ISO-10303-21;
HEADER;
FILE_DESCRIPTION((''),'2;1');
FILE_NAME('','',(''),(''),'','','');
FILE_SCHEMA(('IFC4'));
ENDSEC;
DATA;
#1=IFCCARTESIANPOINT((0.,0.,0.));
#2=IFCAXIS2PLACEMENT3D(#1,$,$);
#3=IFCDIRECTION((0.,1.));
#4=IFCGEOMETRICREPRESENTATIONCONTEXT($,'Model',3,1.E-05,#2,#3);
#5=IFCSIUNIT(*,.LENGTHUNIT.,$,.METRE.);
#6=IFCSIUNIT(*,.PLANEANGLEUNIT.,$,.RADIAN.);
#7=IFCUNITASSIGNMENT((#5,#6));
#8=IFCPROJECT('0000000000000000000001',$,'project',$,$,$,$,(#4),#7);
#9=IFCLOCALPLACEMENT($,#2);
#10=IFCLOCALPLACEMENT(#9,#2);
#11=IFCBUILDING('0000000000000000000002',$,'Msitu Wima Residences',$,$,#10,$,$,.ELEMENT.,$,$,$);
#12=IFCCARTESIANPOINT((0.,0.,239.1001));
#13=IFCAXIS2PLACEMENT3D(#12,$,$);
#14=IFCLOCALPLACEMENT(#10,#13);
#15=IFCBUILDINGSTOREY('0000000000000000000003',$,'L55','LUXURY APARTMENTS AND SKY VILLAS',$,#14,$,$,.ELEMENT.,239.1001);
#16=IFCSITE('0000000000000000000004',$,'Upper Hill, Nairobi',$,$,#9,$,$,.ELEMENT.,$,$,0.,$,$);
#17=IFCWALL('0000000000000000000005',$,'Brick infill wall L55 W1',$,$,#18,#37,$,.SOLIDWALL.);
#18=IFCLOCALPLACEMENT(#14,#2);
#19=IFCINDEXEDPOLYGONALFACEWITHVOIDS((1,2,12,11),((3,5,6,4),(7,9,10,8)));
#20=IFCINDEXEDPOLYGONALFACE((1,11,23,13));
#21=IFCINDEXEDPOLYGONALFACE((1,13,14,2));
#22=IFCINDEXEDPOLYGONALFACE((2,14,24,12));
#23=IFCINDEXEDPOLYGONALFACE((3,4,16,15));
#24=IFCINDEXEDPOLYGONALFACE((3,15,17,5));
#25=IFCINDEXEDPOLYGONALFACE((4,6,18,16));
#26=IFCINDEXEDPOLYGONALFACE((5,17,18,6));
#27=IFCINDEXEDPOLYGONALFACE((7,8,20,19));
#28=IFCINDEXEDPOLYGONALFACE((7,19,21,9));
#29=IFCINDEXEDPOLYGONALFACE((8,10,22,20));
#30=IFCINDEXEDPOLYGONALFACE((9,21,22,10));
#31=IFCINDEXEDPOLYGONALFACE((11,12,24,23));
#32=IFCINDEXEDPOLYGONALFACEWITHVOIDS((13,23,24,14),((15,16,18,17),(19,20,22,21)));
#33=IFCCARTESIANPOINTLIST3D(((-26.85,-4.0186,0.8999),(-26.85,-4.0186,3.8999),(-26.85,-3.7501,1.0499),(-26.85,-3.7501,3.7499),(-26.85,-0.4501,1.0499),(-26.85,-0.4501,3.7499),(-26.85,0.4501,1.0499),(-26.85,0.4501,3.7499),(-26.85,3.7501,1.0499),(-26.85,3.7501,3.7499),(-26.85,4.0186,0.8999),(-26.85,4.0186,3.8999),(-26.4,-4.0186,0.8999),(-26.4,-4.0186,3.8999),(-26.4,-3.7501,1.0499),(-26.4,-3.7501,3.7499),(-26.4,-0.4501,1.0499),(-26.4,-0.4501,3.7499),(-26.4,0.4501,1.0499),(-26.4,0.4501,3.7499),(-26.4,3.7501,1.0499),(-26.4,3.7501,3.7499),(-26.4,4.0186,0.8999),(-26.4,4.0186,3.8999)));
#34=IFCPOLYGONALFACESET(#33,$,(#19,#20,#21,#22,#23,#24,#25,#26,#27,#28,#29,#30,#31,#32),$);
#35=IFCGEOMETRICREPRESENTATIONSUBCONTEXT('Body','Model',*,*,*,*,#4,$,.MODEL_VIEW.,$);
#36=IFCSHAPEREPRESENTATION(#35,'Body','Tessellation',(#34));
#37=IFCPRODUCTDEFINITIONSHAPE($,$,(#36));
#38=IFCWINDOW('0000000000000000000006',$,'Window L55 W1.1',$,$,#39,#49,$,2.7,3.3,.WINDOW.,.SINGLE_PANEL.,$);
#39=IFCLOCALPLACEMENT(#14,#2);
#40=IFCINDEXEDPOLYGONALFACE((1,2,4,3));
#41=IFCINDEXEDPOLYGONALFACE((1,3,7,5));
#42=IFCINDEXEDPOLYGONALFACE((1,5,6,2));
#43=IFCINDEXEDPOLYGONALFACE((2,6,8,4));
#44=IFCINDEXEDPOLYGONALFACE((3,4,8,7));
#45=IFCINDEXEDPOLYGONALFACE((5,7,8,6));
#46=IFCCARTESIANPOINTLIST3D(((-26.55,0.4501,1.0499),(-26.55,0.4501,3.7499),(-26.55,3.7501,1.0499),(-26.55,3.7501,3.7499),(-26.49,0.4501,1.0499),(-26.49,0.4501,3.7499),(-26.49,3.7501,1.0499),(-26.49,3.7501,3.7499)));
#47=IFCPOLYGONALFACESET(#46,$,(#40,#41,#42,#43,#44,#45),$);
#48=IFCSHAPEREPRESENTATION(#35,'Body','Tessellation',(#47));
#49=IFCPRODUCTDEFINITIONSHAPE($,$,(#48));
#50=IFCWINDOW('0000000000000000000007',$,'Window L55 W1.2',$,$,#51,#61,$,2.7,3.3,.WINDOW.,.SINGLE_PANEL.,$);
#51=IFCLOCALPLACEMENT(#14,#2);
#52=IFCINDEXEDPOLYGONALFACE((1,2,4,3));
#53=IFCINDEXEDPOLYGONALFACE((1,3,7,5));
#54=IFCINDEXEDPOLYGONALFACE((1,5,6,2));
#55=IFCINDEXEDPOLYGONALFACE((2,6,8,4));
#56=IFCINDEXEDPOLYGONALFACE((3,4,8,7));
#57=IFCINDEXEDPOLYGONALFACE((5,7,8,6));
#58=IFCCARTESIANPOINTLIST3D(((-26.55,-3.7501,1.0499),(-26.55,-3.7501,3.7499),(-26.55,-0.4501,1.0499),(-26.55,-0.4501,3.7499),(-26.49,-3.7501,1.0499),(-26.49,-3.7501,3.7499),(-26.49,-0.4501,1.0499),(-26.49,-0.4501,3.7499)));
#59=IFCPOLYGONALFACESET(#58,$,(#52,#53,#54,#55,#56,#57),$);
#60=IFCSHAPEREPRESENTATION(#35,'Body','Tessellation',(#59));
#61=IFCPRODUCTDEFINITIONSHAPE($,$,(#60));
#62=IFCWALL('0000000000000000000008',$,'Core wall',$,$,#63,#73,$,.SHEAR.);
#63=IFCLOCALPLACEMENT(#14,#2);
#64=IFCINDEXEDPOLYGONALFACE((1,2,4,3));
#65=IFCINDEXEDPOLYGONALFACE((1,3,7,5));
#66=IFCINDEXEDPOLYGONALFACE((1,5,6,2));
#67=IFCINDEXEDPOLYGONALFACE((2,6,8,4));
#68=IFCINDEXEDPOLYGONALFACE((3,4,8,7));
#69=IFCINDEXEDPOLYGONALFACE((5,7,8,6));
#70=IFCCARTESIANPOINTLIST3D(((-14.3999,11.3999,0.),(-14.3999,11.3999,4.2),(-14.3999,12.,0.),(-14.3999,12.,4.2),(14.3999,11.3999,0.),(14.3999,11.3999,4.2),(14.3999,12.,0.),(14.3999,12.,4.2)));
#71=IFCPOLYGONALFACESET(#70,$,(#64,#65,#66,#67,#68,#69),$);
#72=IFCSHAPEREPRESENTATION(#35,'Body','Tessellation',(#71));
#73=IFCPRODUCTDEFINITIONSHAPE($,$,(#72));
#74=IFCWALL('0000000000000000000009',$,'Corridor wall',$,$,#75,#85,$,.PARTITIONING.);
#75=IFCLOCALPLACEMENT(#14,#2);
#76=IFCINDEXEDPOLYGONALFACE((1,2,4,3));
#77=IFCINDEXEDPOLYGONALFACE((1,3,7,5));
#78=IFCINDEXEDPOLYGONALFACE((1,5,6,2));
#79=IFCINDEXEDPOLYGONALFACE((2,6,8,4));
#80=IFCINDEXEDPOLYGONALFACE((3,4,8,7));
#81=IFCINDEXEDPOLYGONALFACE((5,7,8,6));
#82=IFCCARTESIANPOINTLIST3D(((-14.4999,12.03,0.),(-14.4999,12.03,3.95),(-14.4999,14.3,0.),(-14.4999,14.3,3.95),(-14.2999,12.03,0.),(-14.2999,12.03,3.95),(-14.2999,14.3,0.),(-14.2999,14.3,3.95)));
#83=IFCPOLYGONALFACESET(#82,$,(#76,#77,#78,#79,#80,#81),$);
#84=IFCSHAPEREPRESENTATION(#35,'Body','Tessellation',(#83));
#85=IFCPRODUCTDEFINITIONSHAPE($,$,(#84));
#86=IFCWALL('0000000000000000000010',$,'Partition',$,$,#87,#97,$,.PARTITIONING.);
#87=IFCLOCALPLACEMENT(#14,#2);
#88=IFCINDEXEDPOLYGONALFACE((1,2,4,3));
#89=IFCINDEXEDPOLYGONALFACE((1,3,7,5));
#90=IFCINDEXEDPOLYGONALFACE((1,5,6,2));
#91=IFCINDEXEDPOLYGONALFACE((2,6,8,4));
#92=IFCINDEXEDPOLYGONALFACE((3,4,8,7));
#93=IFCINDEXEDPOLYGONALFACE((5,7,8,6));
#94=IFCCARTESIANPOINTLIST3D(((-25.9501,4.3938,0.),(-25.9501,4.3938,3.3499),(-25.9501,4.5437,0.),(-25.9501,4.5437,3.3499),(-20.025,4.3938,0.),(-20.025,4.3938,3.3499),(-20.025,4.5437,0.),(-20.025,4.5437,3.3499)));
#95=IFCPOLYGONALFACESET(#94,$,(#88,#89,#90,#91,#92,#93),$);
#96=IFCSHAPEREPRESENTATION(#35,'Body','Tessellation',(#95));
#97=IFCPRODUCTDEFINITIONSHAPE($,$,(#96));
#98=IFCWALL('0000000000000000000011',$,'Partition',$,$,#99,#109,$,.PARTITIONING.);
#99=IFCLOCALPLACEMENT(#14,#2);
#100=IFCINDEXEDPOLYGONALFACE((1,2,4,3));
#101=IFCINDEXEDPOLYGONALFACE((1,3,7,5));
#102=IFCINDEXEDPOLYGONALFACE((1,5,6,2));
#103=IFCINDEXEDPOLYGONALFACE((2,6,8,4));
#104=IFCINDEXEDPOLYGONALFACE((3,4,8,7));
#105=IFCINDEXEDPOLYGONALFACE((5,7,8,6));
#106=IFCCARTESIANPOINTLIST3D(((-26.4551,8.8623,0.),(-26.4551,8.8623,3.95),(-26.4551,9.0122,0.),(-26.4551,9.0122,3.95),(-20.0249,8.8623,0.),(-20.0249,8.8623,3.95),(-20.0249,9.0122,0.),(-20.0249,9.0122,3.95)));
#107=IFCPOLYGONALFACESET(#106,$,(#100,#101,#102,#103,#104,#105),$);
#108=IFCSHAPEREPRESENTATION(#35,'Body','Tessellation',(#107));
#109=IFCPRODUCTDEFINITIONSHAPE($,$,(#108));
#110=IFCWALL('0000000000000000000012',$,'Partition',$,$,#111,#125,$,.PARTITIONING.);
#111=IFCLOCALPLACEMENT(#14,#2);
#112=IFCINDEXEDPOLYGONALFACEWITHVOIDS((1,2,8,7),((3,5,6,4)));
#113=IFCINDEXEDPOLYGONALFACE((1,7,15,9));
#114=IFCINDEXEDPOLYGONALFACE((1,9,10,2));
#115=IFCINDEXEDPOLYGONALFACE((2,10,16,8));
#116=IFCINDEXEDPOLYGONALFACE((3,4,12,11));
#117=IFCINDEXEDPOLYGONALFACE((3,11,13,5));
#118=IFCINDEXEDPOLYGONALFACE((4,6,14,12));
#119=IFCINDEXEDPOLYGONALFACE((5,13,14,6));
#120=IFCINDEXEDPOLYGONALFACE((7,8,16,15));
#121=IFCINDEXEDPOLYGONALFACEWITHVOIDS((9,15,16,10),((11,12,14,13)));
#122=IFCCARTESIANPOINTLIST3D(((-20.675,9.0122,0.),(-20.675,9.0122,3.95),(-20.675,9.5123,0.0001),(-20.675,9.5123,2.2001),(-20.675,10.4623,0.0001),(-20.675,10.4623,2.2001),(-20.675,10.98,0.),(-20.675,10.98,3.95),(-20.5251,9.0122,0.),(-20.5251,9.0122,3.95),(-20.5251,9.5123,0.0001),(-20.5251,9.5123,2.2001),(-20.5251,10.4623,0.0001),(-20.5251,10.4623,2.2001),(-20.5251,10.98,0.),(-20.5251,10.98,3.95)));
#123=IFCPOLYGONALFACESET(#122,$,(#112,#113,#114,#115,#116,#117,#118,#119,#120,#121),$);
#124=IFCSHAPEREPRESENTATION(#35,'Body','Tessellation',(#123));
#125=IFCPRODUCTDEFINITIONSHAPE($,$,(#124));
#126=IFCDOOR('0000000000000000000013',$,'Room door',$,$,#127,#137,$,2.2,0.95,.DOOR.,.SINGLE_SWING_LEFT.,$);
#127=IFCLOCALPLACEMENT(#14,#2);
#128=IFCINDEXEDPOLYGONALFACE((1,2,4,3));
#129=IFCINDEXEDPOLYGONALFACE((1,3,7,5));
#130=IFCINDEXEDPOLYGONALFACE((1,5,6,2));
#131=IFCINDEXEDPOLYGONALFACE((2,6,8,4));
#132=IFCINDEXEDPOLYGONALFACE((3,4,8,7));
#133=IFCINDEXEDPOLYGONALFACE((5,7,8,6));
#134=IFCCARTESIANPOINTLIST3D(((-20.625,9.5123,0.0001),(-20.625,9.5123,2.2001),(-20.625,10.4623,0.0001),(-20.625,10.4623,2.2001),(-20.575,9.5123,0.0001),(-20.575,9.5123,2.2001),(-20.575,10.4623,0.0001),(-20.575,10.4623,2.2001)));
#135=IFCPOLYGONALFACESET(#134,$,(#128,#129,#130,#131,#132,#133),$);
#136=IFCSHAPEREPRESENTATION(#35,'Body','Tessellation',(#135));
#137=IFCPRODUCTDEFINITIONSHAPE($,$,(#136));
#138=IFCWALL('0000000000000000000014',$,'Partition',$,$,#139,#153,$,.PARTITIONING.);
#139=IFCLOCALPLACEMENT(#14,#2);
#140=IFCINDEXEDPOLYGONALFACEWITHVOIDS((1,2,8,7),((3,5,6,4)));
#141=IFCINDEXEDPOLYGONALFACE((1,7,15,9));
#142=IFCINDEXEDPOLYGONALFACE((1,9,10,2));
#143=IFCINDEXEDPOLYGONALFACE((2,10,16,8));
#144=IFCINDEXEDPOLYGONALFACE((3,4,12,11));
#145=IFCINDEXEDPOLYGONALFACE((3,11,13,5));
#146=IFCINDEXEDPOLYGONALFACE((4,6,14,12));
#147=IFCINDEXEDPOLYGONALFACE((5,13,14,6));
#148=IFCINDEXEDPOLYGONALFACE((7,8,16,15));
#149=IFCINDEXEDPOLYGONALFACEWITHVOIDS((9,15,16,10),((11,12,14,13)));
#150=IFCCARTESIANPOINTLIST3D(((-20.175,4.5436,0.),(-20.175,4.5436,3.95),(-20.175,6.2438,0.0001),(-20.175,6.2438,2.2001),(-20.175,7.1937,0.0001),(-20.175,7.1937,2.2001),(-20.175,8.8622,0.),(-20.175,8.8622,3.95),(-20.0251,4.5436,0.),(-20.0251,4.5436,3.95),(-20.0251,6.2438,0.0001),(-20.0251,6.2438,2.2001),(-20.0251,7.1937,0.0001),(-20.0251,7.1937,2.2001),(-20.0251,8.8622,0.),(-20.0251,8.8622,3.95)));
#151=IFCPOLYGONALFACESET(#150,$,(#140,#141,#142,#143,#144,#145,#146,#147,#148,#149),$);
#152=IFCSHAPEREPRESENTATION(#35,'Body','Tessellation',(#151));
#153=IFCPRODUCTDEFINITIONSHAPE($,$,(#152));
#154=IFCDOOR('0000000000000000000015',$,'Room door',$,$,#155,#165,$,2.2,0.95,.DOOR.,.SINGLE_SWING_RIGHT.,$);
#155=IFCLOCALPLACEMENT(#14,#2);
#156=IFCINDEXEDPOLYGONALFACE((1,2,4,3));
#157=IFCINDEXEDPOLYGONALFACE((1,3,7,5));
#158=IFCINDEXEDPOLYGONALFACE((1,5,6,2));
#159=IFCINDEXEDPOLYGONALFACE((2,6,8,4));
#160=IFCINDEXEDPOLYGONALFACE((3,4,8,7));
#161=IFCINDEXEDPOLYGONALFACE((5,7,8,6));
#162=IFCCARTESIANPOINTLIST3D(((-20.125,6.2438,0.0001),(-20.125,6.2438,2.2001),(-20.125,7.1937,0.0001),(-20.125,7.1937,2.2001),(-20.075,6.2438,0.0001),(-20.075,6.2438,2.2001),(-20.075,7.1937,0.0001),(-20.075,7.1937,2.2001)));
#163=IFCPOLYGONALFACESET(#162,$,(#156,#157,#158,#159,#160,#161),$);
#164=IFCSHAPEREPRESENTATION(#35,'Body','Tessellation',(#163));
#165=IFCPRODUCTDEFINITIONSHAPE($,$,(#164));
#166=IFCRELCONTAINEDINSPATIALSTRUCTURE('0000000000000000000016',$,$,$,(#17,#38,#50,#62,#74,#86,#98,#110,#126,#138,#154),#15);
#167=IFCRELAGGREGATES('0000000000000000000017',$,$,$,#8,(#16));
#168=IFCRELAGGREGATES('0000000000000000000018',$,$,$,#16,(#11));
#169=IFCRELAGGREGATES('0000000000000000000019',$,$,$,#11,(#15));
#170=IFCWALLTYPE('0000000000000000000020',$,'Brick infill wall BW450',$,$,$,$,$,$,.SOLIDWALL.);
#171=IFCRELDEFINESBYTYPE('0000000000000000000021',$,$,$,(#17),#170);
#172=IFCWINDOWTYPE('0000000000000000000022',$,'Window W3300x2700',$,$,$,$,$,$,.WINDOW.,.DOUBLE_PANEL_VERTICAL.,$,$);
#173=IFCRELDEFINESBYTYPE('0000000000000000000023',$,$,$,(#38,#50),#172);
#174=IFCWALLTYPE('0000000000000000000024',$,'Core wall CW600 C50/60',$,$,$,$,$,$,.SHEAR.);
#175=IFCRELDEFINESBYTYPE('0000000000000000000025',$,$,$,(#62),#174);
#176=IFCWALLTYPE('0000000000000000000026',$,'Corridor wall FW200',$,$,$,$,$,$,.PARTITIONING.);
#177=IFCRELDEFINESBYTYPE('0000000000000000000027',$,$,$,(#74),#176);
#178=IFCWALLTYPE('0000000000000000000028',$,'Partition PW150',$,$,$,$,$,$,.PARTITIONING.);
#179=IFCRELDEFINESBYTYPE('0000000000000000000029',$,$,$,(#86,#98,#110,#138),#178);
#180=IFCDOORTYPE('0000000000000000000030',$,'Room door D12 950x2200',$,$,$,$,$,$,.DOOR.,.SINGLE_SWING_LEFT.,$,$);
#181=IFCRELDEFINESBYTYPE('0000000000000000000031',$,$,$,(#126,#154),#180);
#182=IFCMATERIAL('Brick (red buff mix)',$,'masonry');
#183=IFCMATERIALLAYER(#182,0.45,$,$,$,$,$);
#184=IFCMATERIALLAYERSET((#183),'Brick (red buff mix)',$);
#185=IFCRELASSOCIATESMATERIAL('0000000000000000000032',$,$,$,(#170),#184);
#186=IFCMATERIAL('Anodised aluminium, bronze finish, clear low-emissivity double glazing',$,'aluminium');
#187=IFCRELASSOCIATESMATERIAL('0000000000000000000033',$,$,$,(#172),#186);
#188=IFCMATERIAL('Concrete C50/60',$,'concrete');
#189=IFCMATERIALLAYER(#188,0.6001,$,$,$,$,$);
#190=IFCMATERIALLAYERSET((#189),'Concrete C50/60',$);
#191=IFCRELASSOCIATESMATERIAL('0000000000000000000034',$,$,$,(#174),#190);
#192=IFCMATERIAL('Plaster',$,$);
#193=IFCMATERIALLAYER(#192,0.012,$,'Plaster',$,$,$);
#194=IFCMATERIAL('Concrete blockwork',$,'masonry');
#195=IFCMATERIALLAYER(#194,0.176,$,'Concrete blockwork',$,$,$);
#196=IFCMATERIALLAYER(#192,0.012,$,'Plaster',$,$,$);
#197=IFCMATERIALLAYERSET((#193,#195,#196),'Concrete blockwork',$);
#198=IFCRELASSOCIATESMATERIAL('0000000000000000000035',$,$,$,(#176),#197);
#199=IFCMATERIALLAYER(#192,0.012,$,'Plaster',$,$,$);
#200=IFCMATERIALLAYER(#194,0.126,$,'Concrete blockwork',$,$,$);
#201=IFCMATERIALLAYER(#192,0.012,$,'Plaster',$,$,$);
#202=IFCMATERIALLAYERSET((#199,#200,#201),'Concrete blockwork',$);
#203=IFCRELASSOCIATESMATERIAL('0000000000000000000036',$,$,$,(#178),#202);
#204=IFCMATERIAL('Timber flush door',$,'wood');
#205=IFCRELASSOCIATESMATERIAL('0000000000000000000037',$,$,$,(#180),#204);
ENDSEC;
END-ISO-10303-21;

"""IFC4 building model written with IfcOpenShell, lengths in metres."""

from ifc_helpers import new_model, si_unit, direction, frame, frame_2d, origin, place, context, subcontext, project, spatial, rectangle, extrude, material, layer, layer_set, type_object, element, fill, save


model = new_model("IFC4")

# Units and contexts
model_context = context("Model", 3, precision=1e-05, world=origin(), true_north=direction((0.0, 1.0)))
body_context = subcontext(model_context, "Body", "Model", "MODEL_VIEW")
ifc_project = project(units=[si_unit("LENGTHUNIT", "METRE"), si_unit("PLANEANGLEUNIT", "RADIAN")], contexts=[model_context])

# Site, building, storey
site_placement = place(None, origin())
site = spatial("IfcSite", under=ifc_project, at=site_placement, Name="Upper Hill, Nairobi", CompositionType="ELEMENT", RefElevation=0.0)
building_placement = place(site_placement, origin())
building = spatial("IfcBuilding", under=site, at=building_placement, Name="Msitu Wima Residences", CompositionType="ELEMENT")
storey_placement = place(building_placement, frame((0.0, 0.0, 239.1001)))
storey = spatial("IfcBuildingStorey", under=building, at=storey_placement, Name="L55", Description="LUXURY APARTMENTS AND SKY VILLAS", CompositionType="ELEMENT", Elevation=239.1001)

# Shared definitions
ifc_material_1 = material(Name="Concrete C50/60", Category="concrete")

# Shared definitions
ifc_material_2 = material(Name="Brick (red buff mix)", Category="masonry")
ifc_layer_1 = layer(ifc_material_2, 0.45)
ifc_layer_set_1 = layer_set([ifc_layer_1], Name="Brick (red buff mix)")
wall_type_1 = type_object("IfcWallType", Name="Brick infill wall BW450", PredefinedType="SOLIDWALL", material=ifc_layer_set_1)
ifc_material_3 = material(Name="Anodised aluminium, bronze finish, clear low-emissivity double glazing", Category="aluminium")
window_type = type_object("IfcWindowType", Name="Window W3300x2700", PartitioningType="DOUBLE_PANEL_VERTICAL", PredefinedType="WINDOW", material=ifc_material_3)

# Wall, openings, windows
wall_1_placement = place(storey_placement, frame((-26.625, 4.0186, 0.8999), z_axis=(0.0, 0.0, 1.0), x_axis=(0.0, -1.0, 0.0)))
wall_1 = element("IfcWall", 1, at=wall_1_placement, inside=storey, type_object=wall_type_1, Name="Brick infill wall L55 W1", PredefinedType="SOLIDWALL", context=body_context, shape_type="SweptSolid", body=[
    extrude(rectangle(XDim=8.0371, YDim=0.45, at=frame_2d((4.0186, 0.0))), origin(), (0.0, 0.0, 1.0), 3.0),
])
opening_1_placement = place(wall_1_placement, frame((0.2686, 0.0, 0.1499)))
opening_1 = element("IfcOpeningElement", 2, at=opening_1_placement, cuts=wall_1, PredefinedType="OPENING", context=body_context, shape_type="SweptSolid", body=[
    extrude(rectangle(XDim=3.3, YDim=2.7, at=frame_2d((1.6499, 1.3501))), frame((0.0, 0.2349, 0.0), z_axis=(0.0, -1.0, 0.0), x_axis=(1.0, 0.0, 0.0)), (0.0, 0.0, 1.0), 0.47),
])
opening_2_placement = place(wall_1_placement, frame((4.4688, 0.0, 0.1499)))
opening_2 = element("IfcOpeningElement", 3, at=opening_2_placement, cuts=wall_1, PredefinedType="OPENING", context=body_context, shape_type="SweptSolid", body=[
    extrude(rectangle(XDim=3.3, YDim=2.7, at=frame_2d((1.6499, 1.3501))), frame((0.0, 0.2349, 0.0), z_axis=(0.0, -1.0, 0.0), x_axis=(1.0, 0.0, 0.0)), (0.0, 0.0, 1.0), 0.47),
])
window_1_placement = place(opening_1_placement, origin())
window_1 = element("IfcWindow", 4, at=window_1_placement, inside=storey, type_object=window_type, Name="Window L55 W1.1", OverallHeight=2.7, OverallWidth=3.3, PartitioningType="SINGLE_PANEL", PredefinedType="WINDOW", context=body_context, shape_type="SweptSolid", body=[
    extrude(rectangle(XDim=3.3, YDim=2.7, at=frame_2d((1.6499, 1.3501))), frame((0.0, 0.135, 0.0), z_axis=(0.0, -1.0, 0.0), x_axis=(1.0, 0.0, 0.0)), (0.0, 0.0, 1.0), 0.0601),
])
fill(opening_1, window_1)
window_2_placement = place(opening_2_placement, origin())
window_2 = element("IfcWindow", 5, at=window_2_placement, inside=storey, type_object=window_type, Name="Window L55 W1.2", OverallHeight=2.7, OverallWidth=3.3, PartitioningType="SINGLE_PANEL", PredefinedType="WINDOW", context=body_context, shape_type="SweptSolid", body=[
    extrude(rectangle(XDim=3.3, YDim=2.7, at=frame_2d((1.6499, 1.3501))), frame((0.0, 0.135, 0.0), z_axis=(0.0, -1.0, 0.0), x_axis=(1.0, 0.0, 0.0)), (0.0, 0.0, 1.0), 0.0601),
])
fill(opening_2, window_2)

# Walls
ifc_layer_2 = layer(ifc_material_1, 0.6001)
ifc_layer_set_2 = layer_set([ifc_layer_2], Name="Concrete C50/60")
wall_type_2 = type_object("IfcWallType", Name="Core wall CW600 C50/60", PredefinedType="SHEAR", material=ifc_layer_set_2)
wall_2_placement = place(storey_placement, frame((-14.3999, 11.7, 0.0), z_axis=(0.0, 0.0, 1.0), x_axis=(1.0, 0.0, 0.0)))
element("IfcWall", 6, at=wall_2_placement, inside=storey, type_object=wall_type_2, Name="Core wall", PredefinedType="SHEAR", context=body_context, shape_type="SweptSolid", body=[
    extrude(rectangle(XDim=28.7998, YDim=0.6001, at=frame_2d((14.3999, 0.0))), origin(), (0.0, 0.0, 1.0), 4.2),
])
ifc_material_4 = material(Name="Plaster")
ifc_layer_3 = layer(ifc_material_4, 0.012, Name="Plaster")
ifc_material_5 = material(Name="Concrete blockwork", Category="masonry")
ifc_layer_4 = layer(ifc_material_5, 0.176, Name="Concrete blockwork")
ifc_layer_5 = layer(ifc_material_4, 0.012, Name="Plaster")
ifc_layer_set_3 = layer_set([ifc_layer_3, ifc_layer_4, ifc_layer_5], Name="Concrete blockwork")
wall_type_3 = type_object("IfcWallType", Name="Corridor wall FW200", PredefinedType="PARTITIONING", material=ifc_layer_set_3)
wall_3_placement = place(storey_placement, frame((-14.3999, 12.03, 0.0), z_axis=(0.0, 0.0, 1.0), x_axis=(0.0, 1.0, 0.0)))
element("IfcWall", 7, at=wall_3_placement, inside=storey, type_object=wall_type_3, Name="Corridor wall", PredefinedType="PARTITIONING", context=body_context, shape_type="SweptSolid", body=[
    extrude(rectangle(XDim=2.27, YDim=0.2, at=frame_2d((1.135, 0.0))), origin(), (0.0, 0.0, 1.0), 3.95),
])
ifc_layer_6 = layer(ifc_material_4, 0.012, Name="Plaster")
ifc_layer_7 = layer(ifc_material_5, 0.126, Name="Concrete blockwork")
ifc_layer_8 = layer(ifc_material_4, 0.012, Name="Plaster")
ifc_layer_set_4 = layer_set([ifc_layer_6, ifc_layer_7, ifc_layer_8], Name="Concrete blockwork")
wall_type_4 = type_object("IfcWallType", Name="Partition PW150", PredefinedType="PARTITIONING", material=ifc_layer_set_4)
wall_4_placement = place(storey_placement, frame((-25.95, 4.4688, 0.0), z_axis=(0.0, 0.0, 1.0), x_axis=(1.0, 0.0, 0.0)))
element("IfcWall", 8, at=wall_4_placement, inside=storey, type_object=wall_type_4, Name="Partition", PredefinedType="PARTITIONING", context=body_context, shape_type="SweptSolid", body=[
    extrude(rectangle(XDim=5.925, YDim=0.1499, at=frame_2d((2.9624, 0.0))), origin(), (0.0, 0.0, 1.0), 3.3499),
])
wall_5_placement = place(storey_placement, frame((-26.4551, 8.9373, 0.0), z_axis=(0.0, 0.0, 1.0), x_axis=(1.0, 0.0, 0.0)))
element("IfcWall", 9, at=wall_5_placement, inside=storey, type_object=wall_type_4, Name="Partition", PredefinedType="PARTITIONING", context=body_context, shape_type="SweptSolid", body=[
    extrude(rectangle(XDim=6.4302, YDim=0.1499, at=frame_2d((3.2151, 0.0))), origin(), (0.0, 0.0, 1.0), 3.95),
])

# Walls, openings, doors
wall_6_placement = place(storey_placement, frame((-20.6001, 9.0122, 0.0), z_axis=(0.0, 0.0, 1.0), x_axis=(0.0, 1.0, 0.0)))
wall_6 = element("IfcWall", 10, at=wall_6_placement, inside=storey, type_object=wall_type_4, Name="Partition", PredefinedType="PARTITIONING", context=body_context, shape_type="SweptSolid", body=[
    extrude(rectangle(XDim=1.9678, YDim=0.1499, at=frame_2d((0.9839, 0.0))), origin(), (0.0, 0.0, 1.0), 3.95),
])
opening_3_placement = place(wall_6_placement, frame((0.5, 0.0, 0.0)))
opening_3 = element("IfcOpeningElement", 11, at=opening_3_placement, cuts=wall_6, PredefinedType="OPENING", context=body_context, shape_type="SweptSolid", body=[
    extrude(rectangle(XDim=0.95, YDim=2.2, at=frame_2d((0.4751, 1.1001))), frame((0.0, 0.085, 0.0), z_axis=(0.0, -1.0, 0.0), x_axis=(1.0, 0.0, 0.0)), (0.0, 0.0, 1.0), 0.1699),
])
ifc_material_6 = material(Name="Timber flush door", Category="wood")
door_type_1 = type_object("IfcDoorType", Name="Room door D12 950x2200", OperationType="SINGLE_SWING_LEFT", PredefinedType="DOOR", material=ifc_material_6)
door_1_placement = place(opening_3_placement, origin())
door_1 = element("IfcDoor", 12, at=door_1_placement, inside=storey, type_object=door_type_1, Name="Room door", OperationType="SINGLE_SWING_LEFT", OverallHeight=2.2, OverallWidth=0.95, PredefinedType="DOOR", context=body_context, shape_type="SweptSolid", body=[
    extrude(rectangle(XDim=0.95, YDim=2.2, at=frame_2d((0.4751, 1.1001))), frame((0.0, 0.0249, 0.0), z_axis=(0.0, -1.0, 0.0), x_axis=(1.0, 0.0, 0.0)), (0.0, 0.0, 1.0), 0.05),
])
fill(opening_3, door_1)
wall_7_placement = place(storey_placement, frame((-20.1001, 4.5437, 0.0), z_axis=(0.0, 0.0, 1.0), x_axis=(0.0, 1.0, 0.0)))
wall_7 = element("IfcWall", 13, at=wall_7_placement, inside=storey, type_object=wall_type_4, Name="Partition", PredefinedType="PARTITIONING", context=body_context, shape_type="SweptSolid", body=[
    extrude(rectangle(XDim=4.3186, YDim=0.1499, at=frame_2d((2.1592, 0.0))), origin(), (0.0, 0.0, 1.0), 3.95),
])
opening_4_placement = place(wall_7_placement, frame((1.7, 0.0, 0.0)))
opening_4 = element("IfcOpeningElement", 14, at=opening_4_placement, cuts=wall_7, PredefinedType="OPENING", context=body_context, shape_type="SweptSolid", body=[
    extrude(rectangle(XDim=0.95, YDim=2.2, at=frame_2d((0.4751, 1.1001))), frame((0.0, 0.085, 0.0), z_axis=(0.0, -1.0, 0.0), x_axis=(1.0, 0.0, 0.0)), (0.0, 0.0, 1.0), 0.1699),
])
door_2_placement = place(opening_4_placement, origin())
door_2 = element("IfcDoor", 15, at=door_2_placement, inside=storey, type_object=door_type_1, Name="Room door", OperationType="SINGLE_SWING_RIGHT", OverallHeight=2.2, OverallWidth=0.95, PredefinedType="DOOR", context=body_context, shape_type="SweptSolid", body=[
    extrude(rectangle(XDim=0.95, YDim=2.2, at=frame_2d((0.4751, 1.1001))), frame((0.0, 0.0249, 0.0), z_axis=(0.0, -1.0, 0.0), x_axis=(1.0, 0.0, 0.0)), (0.0, 0.0, 1.0), 0.05),
])
fill(opening_4, door_2)

save(model, "model.ifc")
